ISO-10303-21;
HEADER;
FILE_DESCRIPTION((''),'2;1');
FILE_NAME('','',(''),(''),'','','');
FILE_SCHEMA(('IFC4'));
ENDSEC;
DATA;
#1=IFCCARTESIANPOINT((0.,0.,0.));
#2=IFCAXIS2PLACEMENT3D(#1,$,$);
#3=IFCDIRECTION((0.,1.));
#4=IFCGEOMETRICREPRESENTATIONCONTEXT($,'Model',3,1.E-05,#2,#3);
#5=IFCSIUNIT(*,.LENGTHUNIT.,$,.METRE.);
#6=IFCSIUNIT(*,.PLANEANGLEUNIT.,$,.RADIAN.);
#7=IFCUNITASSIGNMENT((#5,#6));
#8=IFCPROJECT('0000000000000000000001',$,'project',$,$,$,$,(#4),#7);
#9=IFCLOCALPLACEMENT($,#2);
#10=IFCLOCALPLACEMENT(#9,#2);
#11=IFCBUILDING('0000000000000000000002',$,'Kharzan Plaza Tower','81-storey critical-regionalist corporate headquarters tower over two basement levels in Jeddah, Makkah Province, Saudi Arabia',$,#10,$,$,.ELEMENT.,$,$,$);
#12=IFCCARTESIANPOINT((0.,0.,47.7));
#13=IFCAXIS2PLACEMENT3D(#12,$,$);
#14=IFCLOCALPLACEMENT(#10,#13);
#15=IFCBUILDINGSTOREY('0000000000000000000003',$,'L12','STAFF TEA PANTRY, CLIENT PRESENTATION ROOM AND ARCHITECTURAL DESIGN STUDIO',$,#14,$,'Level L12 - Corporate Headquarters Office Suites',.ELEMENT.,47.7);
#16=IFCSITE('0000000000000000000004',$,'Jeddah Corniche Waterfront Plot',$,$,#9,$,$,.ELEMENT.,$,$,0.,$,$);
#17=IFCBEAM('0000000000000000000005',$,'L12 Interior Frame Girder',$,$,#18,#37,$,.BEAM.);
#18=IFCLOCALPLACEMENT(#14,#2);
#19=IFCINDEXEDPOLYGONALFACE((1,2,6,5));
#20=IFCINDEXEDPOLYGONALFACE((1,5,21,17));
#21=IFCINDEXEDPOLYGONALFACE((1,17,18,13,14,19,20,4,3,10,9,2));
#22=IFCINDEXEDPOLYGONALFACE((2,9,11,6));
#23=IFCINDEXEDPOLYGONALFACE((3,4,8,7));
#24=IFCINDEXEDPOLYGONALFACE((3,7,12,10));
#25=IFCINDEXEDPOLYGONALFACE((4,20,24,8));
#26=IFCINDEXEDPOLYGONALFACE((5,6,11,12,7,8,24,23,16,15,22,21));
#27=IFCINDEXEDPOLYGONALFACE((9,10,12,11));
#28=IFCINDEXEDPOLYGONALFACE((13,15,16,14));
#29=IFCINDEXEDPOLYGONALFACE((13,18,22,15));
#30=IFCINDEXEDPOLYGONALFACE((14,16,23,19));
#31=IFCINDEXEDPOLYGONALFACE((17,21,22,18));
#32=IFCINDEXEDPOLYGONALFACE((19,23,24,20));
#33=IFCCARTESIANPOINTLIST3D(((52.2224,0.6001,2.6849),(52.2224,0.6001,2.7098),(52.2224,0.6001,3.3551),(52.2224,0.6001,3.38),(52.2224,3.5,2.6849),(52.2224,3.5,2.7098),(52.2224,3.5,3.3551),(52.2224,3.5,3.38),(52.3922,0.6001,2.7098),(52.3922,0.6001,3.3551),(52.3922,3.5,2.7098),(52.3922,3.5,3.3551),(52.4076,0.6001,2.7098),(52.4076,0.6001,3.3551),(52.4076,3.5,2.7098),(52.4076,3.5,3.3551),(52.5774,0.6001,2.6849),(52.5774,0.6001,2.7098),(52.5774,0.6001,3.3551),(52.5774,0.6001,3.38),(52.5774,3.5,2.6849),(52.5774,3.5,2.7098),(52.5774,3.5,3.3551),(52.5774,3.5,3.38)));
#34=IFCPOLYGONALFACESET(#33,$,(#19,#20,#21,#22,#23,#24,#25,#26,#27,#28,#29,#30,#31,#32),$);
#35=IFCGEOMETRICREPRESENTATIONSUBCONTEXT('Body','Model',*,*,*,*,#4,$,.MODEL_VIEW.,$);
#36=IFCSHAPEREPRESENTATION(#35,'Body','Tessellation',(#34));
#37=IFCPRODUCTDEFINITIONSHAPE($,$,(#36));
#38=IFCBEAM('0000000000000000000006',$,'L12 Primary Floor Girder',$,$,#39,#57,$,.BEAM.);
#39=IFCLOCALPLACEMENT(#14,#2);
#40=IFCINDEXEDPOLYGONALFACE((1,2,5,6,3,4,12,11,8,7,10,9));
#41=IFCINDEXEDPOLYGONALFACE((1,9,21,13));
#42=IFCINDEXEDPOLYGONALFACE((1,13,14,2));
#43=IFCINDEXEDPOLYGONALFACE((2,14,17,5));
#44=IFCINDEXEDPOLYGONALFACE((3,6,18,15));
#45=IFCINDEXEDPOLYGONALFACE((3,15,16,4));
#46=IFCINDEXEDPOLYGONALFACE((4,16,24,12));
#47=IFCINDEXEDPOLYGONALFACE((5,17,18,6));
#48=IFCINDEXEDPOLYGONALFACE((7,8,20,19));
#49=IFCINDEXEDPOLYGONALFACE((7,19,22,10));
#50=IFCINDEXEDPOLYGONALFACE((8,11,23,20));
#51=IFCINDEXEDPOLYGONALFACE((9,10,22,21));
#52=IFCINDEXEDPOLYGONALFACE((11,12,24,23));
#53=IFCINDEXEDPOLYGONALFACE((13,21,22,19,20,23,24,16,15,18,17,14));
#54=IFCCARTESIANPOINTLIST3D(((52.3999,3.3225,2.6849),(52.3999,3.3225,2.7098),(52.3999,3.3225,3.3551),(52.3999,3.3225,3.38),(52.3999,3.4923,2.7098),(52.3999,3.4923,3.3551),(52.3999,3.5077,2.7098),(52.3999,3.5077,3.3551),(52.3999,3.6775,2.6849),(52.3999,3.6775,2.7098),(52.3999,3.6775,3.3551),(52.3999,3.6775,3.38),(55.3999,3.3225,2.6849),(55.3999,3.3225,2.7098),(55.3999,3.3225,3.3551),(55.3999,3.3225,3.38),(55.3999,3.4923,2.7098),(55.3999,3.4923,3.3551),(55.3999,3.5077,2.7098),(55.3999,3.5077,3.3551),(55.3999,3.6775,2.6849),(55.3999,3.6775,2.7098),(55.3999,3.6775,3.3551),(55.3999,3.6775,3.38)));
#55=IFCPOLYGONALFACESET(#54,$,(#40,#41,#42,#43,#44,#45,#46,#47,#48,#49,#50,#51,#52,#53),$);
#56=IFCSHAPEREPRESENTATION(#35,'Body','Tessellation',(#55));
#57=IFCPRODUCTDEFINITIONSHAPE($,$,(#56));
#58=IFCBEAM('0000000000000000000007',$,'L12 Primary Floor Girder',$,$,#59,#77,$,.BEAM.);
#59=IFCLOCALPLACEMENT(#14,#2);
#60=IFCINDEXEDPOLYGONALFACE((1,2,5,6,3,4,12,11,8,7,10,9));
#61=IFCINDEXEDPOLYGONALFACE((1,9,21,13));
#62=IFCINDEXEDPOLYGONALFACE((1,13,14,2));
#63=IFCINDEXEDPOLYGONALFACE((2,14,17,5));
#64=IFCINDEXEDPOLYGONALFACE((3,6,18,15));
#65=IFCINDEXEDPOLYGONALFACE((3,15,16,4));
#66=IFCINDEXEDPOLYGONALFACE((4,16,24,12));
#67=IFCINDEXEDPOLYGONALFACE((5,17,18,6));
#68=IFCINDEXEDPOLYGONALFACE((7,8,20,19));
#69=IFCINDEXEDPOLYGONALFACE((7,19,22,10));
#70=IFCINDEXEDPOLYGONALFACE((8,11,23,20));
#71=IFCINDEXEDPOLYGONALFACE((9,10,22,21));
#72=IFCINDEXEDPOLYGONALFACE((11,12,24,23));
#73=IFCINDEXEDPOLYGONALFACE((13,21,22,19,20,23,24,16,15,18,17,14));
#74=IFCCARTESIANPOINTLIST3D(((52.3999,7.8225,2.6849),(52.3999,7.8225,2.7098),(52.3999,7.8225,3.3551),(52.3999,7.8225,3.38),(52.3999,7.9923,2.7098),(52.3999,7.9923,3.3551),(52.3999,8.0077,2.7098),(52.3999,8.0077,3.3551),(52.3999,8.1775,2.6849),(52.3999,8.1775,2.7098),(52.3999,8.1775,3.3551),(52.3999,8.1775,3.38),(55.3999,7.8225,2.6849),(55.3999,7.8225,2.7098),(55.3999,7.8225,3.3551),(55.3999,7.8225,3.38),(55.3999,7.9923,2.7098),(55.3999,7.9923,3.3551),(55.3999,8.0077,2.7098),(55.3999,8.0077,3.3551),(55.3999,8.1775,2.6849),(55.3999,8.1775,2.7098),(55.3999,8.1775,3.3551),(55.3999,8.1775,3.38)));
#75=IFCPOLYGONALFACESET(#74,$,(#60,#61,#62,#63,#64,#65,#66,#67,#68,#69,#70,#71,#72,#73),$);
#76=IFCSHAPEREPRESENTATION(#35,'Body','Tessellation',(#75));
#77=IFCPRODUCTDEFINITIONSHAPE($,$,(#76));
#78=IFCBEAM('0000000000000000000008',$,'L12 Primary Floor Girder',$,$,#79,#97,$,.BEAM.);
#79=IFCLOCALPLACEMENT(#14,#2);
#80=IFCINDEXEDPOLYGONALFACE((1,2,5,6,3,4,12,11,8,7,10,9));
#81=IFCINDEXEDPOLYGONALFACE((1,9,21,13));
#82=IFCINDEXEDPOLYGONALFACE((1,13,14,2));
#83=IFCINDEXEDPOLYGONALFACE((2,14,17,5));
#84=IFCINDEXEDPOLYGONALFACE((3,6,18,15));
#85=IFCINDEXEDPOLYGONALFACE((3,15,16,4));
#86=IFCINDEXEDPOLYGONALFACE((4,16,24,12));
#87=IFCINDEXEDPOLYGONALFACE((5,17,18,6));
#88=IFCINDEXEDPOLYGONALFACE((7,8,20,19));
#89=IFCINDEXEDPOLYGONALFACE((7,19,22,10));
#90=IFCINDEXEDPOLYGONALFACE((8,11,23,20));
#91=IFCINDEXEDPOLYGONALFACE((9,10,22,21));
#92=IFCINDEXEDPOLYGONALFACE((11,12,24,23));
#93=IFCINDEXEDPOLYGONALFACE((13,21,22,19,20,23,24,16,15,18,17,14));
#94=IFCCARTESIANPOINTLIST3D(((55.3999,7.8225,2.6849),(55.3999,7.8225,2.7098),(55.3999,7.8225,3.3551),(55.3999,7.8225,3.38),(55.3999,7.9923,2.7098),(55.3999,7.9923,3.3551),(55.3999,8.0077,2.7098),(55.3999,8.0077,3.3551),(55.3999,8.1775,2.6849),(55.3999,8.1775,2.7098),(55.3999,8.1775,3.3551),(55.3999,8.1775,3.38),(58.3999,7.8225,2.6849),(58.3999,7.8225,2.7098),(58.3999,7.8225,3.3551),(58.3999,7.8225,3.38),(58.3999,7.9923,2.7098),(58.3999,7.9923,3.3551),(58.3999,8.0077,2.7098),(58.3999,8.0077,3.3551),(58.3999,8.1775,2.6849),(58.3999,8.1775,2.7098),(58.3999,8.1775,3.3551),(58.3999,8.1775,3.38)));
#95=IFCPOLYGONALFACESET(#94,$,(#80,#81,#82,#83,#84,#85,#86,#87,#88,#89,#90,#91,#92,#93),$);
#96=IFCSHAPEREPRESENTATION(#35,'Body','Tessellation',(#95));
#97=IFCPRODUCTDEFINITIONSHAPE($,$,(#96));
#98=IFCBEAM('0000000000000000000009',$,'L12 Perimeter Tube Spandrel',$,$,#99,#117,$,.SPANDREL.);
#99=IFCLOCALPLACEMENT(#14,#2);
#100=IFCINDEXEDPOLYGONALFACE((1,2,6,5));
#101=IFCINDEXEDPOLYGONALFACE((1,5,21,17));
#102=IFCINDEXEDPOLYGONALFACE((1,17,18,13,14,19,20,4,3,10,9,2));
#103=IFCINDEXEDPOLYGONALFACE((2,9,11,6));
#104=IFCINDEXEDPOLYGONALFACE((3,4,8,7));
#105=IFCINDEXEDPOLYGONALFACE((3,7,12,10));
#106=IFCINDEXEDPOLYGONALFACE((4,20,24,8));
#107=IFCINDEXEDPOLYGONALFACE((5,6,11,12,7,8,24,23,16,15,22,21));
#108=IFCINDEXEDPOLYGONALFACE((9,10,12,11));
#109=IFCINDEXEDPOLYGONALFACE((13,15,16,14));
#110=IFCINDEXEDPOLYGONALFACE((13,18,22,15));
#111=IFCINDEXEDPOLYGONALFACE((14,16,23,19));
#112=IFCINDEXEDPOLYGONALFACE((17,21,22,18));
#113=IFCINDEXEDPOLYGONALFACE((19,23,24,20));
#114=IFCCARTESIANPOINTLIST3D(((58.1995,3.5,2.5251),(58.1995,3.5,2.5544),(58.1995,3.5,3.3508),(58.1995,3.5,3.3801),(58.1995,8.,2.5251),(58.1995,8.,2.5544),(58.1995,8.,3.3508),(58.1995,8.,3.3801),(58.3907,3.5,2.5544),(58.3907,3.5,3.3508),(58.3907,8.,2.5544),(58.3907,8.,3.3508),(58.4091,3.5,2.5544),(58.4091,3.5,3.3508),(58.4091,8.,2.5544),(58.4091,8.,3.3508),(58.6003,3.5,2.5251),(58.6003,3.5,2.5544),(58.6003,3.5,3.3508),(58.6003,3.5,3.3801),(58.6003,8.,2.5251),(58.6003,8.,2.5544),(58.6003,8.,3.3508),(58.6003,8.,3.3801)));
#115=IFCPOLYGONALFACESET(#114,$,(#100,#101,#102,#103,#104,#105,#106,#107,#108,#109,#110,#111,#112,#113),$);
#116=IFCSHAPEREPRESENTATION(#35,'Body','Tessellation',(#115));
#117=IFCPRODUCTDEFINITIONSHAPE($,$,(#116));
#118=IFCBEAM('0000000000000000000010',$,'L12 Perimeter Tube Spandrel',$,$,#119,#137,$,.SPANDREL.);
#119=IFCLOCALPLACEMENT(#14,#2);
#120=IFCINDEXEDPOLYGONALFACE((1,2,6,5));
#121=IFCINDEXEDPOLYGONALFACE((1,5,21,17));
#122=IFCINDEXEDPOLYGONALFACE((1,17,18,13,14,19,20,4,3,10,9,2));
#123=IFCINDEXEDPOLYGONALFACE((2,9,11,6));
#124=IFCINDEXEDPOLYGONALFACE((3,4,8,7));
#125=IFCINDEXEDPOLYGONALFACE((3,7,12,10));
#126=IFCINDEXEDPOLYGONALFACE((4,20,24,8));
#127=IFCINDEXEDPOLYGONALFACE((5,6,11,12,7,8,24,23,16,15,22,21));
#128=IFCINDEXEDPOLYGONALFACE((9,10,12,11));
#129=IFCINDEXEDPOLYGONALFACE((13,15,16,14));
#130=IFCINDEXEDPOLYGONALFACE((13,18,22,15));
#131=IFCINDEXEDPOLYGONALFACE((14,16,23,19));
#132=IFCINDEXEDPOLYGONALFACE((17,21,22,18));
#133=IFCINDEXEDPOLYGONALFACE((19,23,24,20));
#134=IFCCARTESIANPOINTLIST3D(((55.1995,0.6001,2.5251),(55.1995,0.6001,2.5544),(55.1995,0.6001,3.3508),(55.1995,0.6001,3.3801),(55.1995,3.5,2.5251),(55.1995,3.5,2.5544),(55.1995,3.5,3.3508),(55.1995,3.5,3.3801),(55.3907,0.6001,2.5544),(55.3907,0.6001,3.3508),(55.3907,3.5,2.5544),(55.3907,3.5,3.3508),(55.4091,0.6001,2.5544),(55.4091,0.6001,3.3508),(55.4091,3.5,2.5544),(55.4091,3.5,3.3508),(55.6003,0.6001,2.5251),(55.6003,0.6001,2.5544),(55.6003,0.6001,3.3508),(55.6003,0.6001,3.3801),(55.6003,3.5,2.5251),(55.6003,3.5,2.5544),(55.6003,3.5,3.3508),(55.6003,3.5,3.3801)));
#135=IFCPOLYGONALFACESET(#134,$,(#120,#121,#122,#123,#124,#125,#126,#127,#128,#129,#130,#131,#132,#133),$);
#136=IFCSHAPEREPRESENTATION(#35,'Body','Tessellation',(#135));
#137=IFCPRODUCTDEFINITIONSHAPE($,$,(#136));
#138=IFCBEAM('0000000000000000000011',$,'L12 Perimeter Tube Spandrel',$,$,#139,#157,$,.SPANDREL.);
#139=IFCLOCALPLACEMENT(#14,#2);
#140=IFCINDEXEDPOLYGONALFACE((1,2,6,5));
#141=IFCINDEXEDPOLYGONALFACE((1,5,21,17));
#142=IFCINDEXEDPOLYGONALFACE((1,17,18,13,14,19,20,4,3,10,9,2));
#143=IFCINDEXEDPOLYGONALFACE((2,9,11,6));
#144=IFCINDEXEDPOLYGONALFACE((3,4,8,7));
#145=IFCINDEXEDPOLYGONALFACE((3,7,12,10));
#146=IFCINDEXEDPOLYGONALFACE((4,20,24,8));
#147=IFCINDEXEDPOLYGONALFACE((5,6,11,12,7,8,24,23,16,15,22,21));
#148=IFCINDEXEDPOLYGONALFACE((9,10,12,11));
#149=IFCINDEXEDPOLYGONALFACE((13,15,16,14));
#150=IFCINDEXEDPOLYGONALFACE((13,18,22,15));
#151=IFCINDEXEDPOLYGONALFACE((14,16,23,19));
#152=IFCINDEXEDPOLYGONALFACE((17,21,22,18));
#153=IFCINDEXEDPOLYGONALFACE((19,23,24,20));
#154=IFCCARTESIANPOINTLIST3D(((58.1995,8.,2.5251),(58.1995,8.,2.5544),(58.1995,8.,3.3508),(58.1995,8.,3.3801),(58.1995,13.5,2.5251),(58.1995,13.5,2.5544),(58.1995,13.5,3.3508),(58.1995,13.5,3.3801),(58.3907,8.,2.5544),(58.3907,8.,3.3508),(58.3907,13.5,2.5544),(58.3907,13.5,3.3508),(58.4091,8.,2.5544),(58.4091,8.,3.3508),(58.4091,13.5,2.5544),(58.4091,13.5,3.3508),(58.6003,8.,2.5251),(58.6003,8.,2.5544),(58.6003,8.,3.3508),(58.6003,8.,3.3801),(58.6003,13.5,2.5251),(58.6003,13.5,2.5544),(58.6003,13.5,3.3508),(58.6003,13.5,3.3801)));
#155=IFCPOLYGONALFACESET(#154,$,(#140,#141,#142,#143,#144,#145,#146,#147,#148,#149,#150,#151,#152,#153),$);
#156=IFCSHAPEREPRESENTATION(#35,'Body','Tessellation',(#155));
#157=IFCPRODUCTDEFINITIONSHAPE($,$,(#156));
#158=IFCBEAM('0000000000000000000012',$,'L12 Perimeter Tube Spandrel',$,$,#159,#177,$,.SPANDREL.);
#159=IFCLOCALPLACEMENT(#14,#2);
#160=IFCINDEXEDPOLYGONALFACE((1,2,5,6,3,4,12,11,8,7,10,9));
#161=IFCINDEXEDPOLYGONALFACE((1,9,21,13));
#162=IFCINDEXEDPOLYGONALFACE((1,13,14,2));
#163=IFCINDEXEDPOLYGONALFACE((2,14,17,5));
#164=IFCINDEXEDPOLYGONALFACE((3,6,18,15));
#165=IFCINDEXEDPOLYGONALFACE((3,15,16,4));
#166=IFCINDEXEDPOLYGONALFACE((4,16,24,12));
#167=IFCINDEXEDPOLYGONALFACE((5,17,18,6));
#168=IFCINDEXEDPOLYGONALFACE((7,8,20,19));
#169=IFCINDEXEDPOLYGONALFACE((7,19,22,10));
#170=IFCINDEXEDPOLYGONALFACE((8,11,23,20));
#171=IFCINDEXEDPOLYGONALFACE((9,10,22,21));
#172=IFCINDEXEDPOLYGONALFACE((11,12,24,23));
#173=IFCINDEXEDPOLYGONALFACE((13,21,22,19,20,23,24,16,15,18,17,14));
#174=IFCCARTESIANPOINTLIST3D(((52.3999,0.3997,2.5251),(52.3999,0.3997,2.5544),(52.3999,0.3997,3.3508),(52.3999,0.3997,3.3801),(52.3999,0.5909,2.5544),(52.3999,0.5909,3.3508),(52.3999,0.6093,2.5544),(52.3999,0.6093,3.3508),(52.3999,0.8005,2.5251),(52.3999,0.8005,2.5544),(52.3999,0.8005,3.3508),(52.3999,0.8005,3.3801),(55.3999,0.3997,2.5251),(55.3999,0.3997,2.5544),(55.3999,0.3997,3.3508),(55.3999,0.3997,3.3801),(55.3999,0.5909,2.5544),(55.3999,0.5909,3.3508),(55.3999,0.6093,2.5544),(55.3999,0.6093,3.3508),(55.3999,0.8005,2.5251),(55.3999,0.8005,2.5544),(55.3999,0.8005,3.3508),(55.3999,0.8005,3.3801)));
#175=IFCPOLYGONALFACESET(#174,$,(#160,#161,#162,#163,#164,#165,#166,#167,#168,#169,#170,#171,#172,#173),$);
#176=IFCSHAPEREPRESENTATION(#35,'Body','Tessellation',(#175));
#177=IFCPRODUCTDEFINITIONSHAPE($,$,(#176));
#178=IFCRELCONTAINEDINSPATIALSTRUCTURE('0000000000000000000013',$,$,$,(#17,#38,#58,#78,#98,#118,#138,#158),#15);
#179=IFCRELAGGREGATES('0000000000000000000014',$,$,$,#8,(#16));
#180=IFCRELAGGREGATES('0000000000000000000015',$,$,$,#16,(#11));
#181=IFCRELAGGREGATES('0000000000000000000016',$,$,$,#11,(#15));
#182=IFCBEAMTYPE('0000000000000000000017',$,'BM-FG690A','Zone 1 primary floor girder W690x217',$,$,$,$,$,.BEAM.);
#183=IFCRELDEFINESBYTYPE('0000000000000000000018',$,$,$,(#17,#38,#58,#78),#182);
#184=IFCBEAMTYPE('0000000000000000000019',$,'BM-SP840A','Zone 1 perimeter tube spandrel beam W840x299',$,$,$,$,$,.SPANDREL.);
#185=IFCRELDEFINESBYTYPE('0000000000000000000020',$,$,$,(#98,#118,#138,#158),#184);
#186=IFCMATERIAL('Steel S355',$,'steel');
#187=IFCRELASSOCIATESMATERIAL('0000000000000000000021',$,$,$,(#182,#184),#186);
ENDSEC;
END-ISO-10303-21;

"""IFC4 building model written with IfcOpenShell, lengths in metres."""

from ifc_helpers import new_model, si_unit, direction, frame, origin, origin_2d, place, context, subcontext, project, spatial, i_section, extrude, source, transform, mapped, material, material_profile, profile_set, type_object, element, save


model = new_model("IFC4")

# Units and contexts
model_context = context("Model", 3, precision=1e-05, world=origin(), true_north=direction((0.0, 1.0)))
body_context = subcontext(model_context, "Body", "Model", "MODEL_VIEW")
ifc_project = project(units=[si_unit("LENGTHUNIT", "METRE"), si_unit("PLANEANGLEUNIT", "RADIAN")], contexts=[model_context])

# Site, building, storey
site_placement = place(None, origin())
site = spatial("IfcSite", under=ifc_project, at=site_placement, Name="Jeddah Corniche Waterfront Plot", CompositionType="ELEMENT", RefElevation=0.0)
building_placement = place(site_placement, origin())
building = spatial("IfcBuilding", under=site, at=building_placement, Name="Kharzan Plaza Tower", Description="81-storey critical-regionalist corporate headquarters tower over two basement levels in Jeddah, Makkah Province, Saudi Arabia", CompositionType="ELEMENT")
storey_placement = place(building_placement, frame((0.0, 0.0, 47.7)))
storey = spatial("IfcBuildingStorey", under=building, at=storey_placement, Name="L12", Description="STAFF TEA PANTRY, CLIENT PRESENTATION ROOM AND ARCHITECTURAL DESIGN STUDIO", LongName="Level L12 - Corporate Headquarters Office Suites", CompositionType="ELEMENT", Elevation=47.7)

# Beams
ifc_material_1 = material(Name="Steel S355", Category="steel")
ifc_material_profile_1 = material_profile(ifc_material_1, i_section(OverallWidth=0.355, OverallDepth=0.6951, WebThickness=0.0154, FlangeThickness=0.0249, at=origin_2d()), Name="W690x217")
ifc_profile_set_1 = profile_set([ifc_material_profile_1], Name="Steel S355")
beam_type_1 = type_object("IfcBeamType", Name="BM-FG690A", Description="Zone 1 primary floor girder W690x217", PredefinedType="BEAM", material=ifc_profile_set_1)
shared_shape_1 = source(origin(), body_context, "Body", "SweptSolid", [
    extrude(i_section(OverallWidth=0.355, OverallDepth=0.6951, WebThickness=0.0154, FlangeThickness=0.0249, at=origin_2d()), origin(), (0.0, 0.0, 1.0), 2.8999),
])
beam_1_placement = place(storey_placement, frame((52.3999, 0.6001, 3.0325), z_axis=(0.0, 1.0, 0.0), x_axis=(-1.0, 0.0, 0.0)))
element("IfcBeam", 1, at=beam_1_placement, inside=storey, type_object=beam_type_1, Name="L12 Interior Frame Girder", PredefinedType="BEAM", context=body_context, shape_type="MappedRepresentation", body=[
    mapped(shared_shape_1, transform((0.0, 0.0, 0.0), x_axis=(1.0, 0.0, 0.0), y_axis=(0.0, 1.0, 0.0), z_axis=(0.0, 0.0, 1.0))),
])
shared_shape_2 = source(origin(), body_context, "Body", "SweptSolid", [
    extrude(i_section(OverallWidth=0.355, OverallDepth=0.6951, WebThickness=0.0154, FlangeThickness=0.0249, at=origin_2d()), origin(), (0.0, 0.0, 1.0), 3.0),
])
for number, where, z_axis, x_axis, name in (
    (2, (52.3999, 3.5, 3.0325), (1.0, 0.0, 0.0), (0.0, 1.0, 0.0), "L12 Primary Floor Girder"),
    (3, (52.3999, 8.0, 3.0325), (1.0, 0.0, 0.0), (0.0, 1.0, 0.0), "L12 Primary Floor Girder"),
    (4, (55.3999, 8.0, 3.0325), (1.0, 0.0, 0.0), (0.0, 1.0, 0.0), "L12 Primary Floor Girder"),
):
    element("IfcBeam", number, at=place(storey_placement, frame(where, z_axis=z_axis, x_axis=x_axis)), inside=storey, type_object=beam_type_1, Name=name, PredefinedType="BEAM", context=body_context, shape_type="MappedRepresentation", body=[
        mapped(shared_shape_2, transform((0.0, 0.0, 0.0), x_axis=(1.0, 0.0, 0.0), y_axis=(0.0, 1.0, 0.0), z_axis=(0.0, 0.0, 1.0))),
    ])
ifc_material_profile_2 = material_profile(ifc_material_1, i_section(OverallWidth=0.4009, OverallDepth=0.855, WebThickness=0.0183, FlangeThickness=0.0293, at=origin_2d()), Name="W840x299")
ifc_profile_set_2 = profile_set([ifc_material_profile_2], Name="Steel S355")
beam_type_2 = type_object("IfcBeamType", Name="BM-SP840A", Description="Zone 1 perimeter tube spandrel beam W840x299", PredefinedType="SPANDREL", material=ifc_profile_set_2)
shared_shape_3 = source(origin(), body_context, "Body", "SweptSolid", [
    extrude(i_section(OverallWidth=0.4009, OverallDepth=0.855, WebThickness=0.0183, FlangeThickness=0.0293, at=origin_2d()), origin(), (0.0, 0.0, 1.0), 4.5),
])
beam_2_placement = place(storey_placement, frame((58.3999, 3.5, 2.9526), z_axis=(0.0, 1.0, 0.0), x_axis=(-1.0, 0.0, 0.0)))
element("IfcBeam", 5, at=beam_2_placement, inside=storey, type_object=beam_type_2, Name="L12 Perimeter Tube Spandrel", PredefinedType="SPANDREL", context=body_context, shape_type="MappedRepresentation", body=[
    mapped(shared_shape_3, transform((0.0, 0.0, 0.0), x_axis=(1.0, 0.0, 0.0), y_axis=(0.0, 1.0, 0.0), z_axis=(0.0, 0.0, 1.0))),
])
shared_shape_4 = source(origin(), body_context, "Body", "SweptSolid", [
    extrude(i_section(OverallWidth=0.4009, OverallDepth=0.855, WebThickness=0.0183, FlangeThickness=0.0293, at=origin_2d()), origin(), (0.0, 0.0, 1.0), 2.8999),
])
beam_3_placement = place(storey_placement, frame((55.3999, 0.6001, 2.9526), z_axis=(0.0, 1.0, 0.0), x_axis=(-1.0, 0.0, 0.0)))
element("IfcBeam", 6, at=beam_3_placement, inside=storey, type_object=beam_type_2, Name="L12 Perimeter Tube Spandrel", PredefinedType="SPANDREL", context=body_context, shape_type="MappedRepresentation", body=[
    mapped(shared_shape_4, transform((0.0, 0.0, 0.0), x_axis=(1.0, 0.0, 0.0), y_axis=(0.0, 1.0, 0.0), z_axis=(0.0, 0.0, 1.0))),
])
shared_shape_5 = source(origin(), body_context, "Body", "SweptSolid", [
    extrude(i_section(OverallWidth=0.4009, OverallDepth=0.855, WebThickness=0.0183, FlangeThickness=0.0293, at=origin_2d()), origin(), (0.0, 0.0, 1.0), 5.5),
])
beam_4_placement = place(storey_placement, frame((58.3999, 8.0, 2.9526), z_axis=(0.0, 1.0, 0.0), x_axis=(-1.0, 0.0, 0.0)))
element("IfcBeam", 7, at=beam_4_placement, inside=storey, type_object=beam_type_2, Name="L12 Perimeter Tube Spandrel", PredefinedType="SPANDREL", context=body_context, shape_type="MappedRepresentation", body=[
    mapped(shared_shape_5, transform((0.0, 0.0, 0.0), x_axis=(1.0, 0.0, 0.0), y_axis=(0.0, 1.0, 0.0), z_axis=(0.0, 0.0, 1.0))),
])
shared_shape_6 = source(origin(), body_context, "Body", "SweptSolid", [
    extrude(i_section(OverallWidth=0.4009, OverallDepth=0.855, WebThickness=0.0183, FlangeThickness=0.0293, at=origin_2d()), origin(), (0.0, 0.0, 1.0), 3.0),
])
for number, where, z_axis, x_axis, name in (
    (8, (52.3999, 0.6001, 2.9526), (1.0, 0.0, 0.0), (0.0, 1.0, 0.0), "L12 Perimeter Tube Spandrel"),
):
    element("IfcBeam", number, at=place(storey_placement, frame(where, z_axis=z_axis, x_axis=x_axis)), inside=storey, type_object=beam_type_2, Name=name, PredefinedType="SPANDREL", context=body_context, shape_type="MappedRepresentation", body=[
        mapped(shared_shape_6, transform((0.0, 0.0, 0.0), x_axis=(1.0, 0.0, 0.0), y_axis=(0.0, 1.0, 0.0), z_axis=(0.0, 0.0, 1.0))),
    ])

save(model, "model.ifc")
